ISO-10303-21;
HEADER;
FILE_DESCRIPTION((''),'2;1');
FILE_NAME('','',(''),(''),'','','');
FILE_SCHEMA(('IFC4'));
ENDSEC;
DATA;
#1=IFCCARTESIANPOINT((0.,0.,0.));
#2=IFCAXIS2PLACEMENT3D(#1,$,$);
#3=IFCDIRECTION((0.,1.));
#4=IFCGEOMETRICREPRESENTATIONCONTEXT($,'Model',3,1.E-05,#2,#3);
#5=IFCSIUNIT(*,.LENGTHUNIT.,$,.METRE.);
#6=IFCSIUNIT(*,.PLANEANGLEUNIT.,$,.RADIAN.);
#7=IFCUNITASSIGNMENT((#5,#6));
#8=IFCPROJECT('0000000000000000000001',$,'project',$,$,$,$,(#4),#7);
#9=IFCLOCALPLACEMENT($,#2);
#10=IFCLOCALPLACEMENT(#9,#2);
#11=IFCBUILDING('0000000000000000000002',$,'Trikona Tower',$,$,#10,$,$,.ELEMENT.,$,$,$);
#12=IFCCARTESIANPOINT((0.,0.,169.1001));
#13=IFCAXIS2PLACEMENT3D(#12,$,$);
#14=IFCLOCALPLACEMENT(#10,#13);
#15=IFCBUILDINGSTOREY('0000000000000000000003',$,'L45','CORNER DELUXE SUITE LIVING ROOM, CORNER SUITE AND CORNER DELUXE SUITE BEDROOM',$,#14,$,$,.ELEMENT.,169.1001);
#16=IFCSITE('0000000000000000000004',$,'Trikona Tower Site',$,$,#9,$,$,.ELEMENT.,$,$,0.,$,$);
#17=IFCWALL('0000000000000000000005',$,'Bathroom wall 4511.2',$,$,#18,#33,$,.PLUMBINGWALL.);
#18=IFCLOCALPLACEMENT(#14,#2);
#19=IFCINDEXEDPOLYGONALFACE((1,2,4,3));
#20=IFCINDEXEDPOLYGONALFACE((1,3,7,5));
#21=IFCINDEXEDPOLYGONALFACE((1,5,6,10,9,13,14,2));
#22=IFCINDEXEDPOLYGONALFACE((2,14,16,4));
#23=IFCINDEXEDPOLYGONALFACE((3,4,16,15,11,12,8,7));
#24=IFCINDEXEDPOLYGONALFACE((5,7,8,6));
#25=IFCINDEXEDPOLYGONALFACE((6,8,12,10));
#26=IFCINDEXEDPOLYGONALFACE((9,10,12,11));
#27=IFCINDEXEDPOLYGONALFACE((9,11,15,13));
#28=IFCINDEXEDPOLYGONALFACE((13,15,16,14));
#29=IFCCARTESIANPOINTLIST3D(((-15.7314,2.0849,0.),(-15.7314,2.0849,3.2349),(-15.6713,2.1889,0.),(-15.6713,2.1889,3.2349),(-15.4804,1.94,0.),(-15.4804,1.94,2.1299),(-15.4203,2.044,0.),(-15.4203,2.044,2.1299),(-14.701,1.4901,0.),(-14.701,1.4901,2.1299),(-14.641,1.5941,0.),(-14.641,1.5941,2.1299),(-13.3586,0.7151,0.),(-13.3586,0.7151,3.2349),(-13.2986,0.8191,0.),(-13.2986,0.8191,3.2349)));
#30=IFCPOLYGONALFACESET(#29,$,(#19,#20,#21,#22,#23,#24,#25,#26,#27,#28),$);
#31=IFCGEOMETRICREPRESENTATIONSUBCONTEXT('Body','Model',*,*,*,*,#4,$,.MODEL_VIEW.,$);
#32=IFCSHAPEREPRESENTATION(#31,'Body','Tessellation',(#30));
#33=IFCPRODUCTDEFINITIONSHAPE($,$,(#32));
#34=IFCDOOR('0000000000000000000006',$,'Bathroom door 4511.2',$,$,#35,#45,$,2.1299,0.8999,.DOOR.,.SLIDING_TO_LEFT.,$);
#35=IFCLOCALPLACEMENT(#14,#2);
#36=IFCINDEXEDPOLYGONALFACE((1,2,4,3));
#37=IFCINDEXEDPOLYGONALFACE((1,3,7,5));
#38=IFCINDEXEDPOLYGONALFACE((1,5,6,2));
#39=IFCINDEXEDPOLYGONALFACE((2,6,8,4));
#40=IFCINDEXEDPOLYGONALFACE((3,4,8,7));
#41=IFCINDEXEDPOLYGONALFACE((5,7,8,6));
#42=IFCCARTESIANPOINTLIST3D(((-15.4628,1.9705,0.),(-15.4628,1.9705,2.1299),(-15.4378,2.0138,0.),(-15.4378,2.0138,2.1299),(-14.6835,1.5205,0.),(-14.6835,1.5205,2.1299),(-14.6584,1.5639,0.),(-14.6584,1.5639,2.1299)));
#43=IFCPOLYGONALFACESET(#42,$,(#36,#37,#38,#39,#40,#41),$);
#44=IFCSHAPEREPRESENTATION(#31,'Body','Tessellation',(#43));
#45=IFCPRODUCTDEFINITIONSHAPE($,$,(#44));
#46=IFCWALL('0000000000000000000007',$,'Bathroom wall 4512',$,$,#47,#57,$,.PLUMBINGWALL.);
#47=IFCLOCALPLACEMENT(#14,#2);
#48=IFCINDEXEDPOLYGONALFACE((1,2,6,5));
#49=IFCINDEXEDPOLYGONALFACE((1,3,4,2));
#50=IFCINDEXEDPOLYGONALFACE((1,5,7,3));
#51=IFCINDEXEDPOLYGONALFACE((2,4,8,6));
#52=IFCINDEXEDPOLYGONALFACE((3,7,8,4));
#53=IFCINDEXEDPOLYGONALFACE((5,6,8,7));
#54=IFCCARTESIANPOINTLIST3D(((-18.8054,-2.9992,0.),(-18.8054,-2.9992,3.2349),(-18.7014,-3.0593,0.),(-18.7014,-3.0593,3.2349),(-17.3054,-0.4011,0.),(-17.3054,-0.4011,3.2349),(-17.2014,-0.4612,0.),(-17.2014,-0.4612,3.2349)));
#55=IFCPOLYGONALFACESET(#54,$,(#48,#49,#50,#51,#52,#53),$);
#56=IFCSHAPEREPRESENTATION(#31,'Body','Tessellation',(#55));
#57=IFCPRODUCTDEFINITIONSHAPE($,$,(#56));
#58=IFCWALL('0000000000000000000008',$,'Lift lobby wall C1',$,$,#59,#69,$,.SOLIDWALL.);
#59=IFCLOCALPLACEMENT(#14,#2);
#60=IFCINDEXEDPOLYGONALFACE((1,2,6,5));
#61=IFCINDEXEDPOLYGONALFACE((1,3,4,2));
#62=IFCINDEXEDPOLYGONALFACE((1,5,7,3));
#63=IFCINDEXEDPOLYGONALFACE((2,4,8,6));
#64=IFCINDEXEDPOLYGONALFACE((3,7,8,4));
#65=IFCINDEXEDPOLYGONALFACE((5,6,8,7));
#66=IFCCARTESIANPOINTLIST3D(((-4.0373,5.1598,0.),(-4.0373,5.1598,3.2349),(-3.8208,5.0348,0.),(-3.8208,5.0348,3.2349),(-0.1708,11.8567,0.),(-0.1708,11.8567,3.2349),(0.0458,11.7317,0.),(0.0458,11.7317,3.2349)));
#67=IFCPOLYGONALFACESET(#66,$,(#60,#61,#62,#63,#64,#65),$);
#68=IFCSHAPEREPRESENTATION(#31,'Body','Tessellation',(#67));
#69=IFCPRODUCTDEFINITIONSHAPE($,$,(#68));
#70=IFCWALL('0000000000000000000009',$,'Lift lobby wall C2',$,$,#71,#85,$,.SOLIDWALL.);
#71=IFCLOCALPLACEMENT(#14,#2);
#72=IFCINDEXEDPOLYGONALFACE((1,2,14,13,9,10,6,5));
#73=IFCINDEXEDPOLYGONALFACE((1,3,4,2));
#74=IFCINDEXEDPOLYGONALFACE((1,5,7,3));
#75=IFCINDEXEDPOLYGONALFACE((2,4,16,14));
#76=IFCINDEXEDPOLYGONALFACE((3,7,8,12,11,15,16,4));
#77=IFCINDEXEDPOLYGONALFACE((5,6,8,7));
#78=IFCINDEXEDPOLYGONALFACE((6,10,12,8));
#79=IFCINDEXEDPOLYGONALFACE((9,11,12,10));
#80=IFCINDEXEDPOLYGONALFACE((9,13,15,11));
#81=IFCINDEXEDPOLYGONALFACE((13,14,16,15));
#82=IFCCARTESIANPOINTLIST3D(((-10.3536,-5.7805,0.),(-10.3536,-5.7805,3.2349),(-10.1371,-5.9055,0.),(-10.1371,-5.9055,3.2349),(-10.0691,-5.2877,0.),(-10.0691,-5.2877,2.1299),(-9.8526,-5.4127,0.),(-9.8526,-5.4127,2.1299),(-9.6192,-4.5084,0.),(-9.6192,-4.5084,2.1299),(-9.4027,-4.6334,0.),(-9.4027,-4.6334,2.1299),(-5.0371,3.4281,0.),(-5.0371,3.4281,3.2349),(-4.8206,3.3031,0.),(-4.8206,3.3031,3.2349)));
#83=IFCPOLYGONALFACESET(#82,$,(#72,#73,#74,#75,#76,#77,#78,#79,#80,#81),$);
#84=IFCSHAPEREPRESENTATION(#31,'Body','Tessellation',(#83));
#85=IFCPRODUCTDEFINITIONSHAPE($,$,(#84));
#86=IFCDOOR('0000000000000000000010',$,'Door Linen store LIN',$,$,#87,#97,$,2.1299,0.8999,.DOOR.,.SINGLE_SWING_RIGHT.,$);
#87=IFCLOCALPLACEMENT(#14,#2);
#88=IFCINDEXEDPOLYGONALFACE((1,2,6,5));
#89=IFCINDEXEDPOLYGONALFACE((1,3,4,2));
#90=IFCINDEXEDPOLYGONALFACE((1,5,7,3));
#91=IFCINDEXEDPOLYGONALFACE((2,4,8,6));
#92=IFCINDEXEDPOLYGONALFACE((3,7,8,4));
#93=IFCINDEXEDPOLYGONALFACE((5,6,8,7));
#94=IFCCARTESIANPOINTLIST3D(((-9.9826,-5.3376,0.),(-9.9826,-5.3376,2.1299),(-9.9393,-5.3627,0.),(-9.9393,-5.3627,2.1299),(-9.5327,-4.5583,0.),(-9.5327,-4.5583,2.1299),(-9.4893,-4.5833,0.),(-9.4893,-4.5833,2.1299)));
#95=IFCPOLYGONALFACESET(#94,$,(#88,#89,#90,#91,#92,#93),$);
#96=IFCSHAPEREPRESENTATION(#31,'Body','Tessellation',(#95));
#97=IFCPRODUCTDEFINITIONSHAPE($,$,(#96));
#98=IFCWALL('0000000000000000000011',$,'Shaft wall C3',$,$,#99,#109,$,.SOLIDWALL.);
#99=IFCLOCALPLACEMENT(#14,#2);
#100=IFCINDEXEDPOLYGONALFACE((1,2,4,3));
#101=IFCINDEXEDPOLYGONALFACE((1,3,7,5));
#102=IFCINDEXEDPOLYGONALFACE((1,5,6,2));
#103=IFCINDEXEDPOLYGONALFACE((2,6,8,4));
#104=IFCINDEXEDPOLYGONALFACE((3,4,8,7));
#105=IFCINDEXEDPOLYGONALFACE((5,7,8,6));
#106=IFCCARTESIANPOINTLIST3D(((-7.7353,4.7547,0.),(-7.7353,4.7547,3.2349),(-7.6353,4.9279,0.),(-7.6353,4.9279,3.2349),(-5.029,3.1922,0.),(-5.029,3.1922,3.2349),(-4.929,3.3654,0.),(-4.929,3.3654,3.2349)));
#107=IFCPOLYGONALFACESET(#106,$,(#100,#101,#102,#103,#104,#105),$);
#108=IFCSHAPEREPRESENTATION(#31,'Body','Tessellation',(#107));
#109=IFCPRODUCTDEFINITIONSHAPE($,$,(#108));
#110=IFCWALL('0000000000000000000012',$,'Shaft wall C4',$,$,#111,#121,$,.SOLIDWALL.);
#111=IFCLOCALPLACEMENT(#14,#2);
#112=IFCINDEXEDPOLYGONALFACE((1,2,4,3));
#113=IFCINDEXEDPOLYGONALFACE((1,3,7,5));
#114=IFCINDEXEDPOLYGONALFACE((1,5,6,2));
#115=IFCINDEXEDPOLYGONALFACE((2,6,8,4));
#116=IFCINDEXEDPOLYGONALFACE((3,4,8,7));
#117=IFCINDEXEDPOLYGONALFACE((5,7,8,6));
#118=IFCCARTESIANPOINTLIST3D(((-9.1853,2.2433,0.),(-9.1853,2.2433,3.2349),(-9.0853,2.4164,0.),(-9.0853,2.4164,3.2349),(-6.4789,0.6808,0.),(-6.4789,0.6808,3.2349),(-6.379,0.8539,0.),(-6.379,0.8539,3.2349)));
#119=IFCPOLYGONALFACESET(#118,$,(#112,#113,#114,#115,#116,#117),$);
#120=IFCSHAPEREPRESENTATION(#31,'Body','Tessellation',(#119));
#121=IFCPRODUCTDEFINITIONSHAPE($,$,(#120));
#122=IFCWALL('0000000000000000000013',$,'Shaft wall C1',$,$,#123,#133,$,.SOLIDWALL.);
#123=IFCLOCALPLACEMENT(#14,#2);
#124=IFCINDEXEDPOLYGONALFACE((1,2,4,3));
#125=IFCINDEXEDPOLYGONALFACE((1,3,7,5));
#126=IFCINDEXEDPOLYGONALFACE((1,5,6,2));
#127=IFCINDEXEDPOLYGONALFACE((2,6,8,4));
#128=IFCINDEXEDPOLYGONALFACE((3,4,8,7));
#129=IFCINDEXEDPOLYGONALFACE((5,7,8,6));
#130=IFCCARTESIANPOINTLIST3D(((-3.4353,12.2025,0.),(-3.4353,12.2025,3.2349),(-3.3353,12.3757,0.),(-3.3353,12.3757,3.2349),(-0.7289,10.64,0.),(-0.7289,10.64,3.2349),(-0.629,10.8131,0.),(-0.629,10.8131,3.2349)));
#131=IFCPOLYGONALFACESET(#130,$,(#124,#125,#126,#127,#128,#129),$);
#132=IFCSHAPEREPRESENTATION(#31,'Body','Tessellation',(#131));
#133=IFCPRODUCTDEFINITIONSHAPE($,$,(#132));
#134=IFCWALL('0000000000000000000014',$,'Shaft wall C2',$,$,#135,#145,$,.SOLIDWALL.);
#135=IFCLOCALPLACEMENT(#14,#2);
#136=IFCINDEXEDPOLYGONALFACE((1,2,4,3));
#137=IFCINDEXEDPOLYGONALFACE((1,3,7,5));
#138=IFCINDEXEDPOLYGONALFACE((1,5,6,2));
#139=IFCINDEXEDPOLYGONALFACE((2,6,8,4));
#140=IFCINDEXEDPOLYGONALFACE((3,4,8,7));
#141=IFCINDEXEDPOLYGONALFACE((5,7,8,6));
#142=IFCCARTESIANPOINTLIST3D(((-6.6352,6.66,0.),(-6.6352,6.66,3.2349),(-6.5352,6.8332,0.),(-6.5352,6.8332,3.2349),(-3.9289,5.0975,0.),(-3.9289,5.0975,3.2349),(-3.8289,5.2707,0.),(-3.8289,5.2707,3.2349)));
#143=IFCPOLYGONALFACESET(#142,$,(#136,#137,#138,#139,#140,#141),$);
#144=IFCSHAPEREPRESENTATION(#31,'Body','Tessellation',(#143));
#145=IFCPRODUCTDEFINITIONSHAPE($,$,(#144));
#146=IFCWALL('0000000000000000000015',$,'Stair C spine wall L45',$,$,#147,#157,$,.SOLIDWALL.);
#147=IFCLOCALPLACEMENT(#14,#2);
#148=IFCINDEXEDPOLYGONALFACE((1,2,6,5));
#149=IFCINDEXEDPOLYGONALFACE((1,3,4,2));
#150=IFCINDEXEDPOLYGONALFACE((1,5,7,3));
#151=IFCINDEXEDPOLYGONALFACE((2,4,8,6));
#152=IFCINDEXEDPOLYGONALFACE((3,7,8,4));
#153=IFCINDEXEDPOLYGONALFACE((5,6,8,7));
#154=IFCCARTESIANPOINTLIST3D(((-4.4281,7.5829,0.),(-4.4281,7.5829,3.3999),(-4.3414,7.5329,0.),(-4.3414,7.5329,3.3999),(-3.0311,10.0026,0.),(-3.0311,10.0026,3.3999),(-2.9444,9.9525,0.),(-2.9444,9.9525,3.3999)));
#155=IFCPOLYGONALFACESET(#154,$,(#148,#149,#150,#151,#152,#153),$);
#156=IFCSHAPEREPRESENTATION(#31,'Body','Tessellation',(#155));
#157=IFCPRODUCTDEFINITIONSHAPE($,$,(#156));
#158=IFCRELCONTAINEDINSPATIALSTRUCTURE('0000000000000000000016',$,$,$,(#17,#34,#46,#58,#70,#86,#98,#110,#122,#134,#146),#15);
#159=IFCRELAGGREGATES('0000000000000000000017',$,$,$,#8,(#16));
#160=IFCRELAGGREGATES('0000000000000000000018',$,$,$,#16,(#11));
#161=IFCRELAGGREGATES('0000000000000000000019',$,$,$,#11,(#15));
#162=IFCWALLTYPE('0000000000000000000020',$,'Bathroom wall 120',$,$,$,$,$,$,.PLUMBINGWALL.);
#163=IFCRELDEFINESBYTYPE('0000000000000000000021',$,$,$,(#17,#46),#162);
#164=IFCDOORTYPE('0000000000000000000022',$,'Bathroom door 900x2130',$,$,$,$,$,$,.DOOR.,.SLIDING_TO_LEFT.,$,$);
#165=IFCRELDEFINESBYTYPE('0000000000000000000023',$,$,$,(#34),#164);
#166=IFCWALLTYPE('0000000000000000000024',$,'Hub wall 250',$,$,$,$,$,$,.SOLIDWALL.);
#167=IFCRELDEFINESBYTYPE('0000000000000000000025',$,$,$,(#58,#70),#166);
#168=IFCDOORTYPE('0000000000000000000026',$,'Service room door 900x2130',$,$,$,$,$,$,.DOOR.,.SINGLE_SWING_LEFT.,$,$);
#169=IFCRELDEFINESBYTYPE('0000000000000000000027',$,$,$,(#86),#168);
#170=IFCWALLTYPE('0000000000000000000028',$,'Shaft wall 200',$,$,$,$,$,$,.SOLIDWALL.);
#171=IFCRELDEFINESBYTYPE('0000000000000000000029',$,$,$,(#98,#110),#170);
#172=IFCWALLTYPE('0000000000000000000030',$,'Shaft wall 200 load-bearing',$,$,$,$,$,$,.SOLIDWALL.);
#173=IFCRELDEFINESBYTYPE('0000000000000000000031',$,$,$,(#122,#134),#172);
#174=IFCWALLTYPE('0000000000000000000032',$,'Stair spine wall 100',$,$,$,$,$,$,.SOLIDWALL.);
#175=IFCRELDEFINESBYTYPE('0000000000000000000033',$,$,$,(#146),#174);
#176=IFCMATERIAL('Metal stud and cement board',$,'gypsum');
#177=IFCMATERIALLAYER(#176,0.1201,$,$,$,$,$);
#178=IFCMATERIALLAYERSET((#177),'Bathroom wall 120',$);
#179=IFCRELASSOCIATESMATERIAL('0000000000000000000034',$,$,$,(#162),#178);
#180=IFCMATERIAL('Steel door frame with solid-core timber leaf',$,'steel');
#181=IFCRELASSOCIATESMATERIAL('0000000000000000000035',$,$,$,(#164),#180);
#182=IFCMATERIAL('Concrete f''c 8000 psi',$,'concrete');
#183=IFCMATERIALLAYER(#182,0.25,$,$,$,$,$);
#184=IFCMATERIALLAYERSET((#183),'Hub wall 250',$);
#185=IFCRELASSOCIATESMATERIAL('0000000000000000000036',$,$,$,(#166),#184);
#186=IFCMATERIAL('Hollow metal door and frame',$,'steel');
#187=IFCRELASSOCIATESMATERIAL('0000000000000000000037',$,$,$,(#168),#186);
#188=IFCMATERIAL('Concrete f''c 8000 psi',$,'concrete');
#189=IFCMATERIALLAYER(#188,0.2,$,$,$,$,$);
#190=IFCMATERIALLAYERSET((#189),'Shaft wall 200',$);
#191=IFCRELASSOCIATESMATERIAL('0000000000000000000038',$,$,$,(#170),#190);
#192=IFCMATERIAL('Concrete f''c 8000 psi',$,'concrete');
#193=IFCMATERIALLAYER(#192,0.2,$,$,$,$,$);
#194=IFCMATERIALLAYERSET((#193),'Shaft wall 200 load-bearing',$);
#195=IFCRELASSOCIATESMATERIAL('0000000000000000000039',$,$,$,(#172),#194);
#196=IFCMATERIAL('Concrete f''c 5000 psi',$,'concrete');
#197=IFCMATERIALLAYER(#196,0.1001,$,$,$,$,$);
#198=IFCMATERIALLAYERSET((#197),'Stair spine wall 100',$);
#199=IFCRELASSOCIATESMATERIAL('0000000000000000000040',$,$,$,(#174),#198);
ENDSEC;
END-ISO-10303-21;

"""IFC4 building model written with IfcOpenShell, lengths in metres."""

from ifc_helpers import new_model, si_unit, direction, frame, frame_2d, origin, place, context, subcontext, project, spatial, rectangle, extrude, material, layer, layer_set, type_object, element, fill, save


model = new_model("IFC4")

# Units and contexts
model_context = context("Model", 3, precision=1e-05, world=origin(), true_north=direction((0.0, 1.0)))
body_context = subcontext(model_context, "Body", "Model", "MODEL_VIEW")
ifc_project = project(units=[si_unit("LENGTHUNIT", "METRE"), si_unit("PLANEANGLEUNIT", "RADIAN")], contexts=[model_context])

# Site, building, storey
site_placement = place(None, origin())
site = spatial("IfcSite", under=ifc_project, at=site_placement, Name="Trikona Tower Site", CompositionType="ELEMENT", RefElevation=0.0)
building_placement = place(site_placement, origin())
building = spatial("IfcBuilding", under=site, at=building_placement, Name="Trikona Tower", CompositionType="ELEMENT")
storey_placement = place(building_placement, frame((0.0, 0.0, 169.1001)))
storey = spatial("IfcBuildingStorey", under=building, at=storey_placement, Name="L45", Description="CORNER DELUXE SUITE LIVING ROOM, CORNER SUITE AND CORNER DELUXE SUITE BEDROOM", CompositionType="ELEMENT", Elevation=169.1001)

# Shared definitions
ifc_material_1 = material(Name="Metal stud and cement board", Category="gypsum")
ifc_layer_1 = layer(ifc_material_1, 0.1201)
ifc_layer_set_1 = layer_set([ifc_layer_1], Name="Bathroom wall 120")
wall_type_1 = type_object("IfcWallType", Name="Bathroom wall 120", PredefinedType="PLUMBINGWALL", material=ifc_layer_set_1)
ifc_material_2 = material(Name="Steel door frame with solid-core timber leaf", Category="steel")
door_type_1 = type_object("IfcDoorType", Name="Bathroom door 900x2130", OperationType="SLIDING_TO_LEFT", PredefinedType="DOOR", material=ifc_material_2)

# Wall, opening, door
wall_1_placement = place(storey_placement, frame((-13.3286, 0.7671, 0.0), z_axis=(0.0, 0.0, 1.0), x_axis=(-0.866036, 0.499982, 0.0)))
wall_1 = element("IfcWall", 1, at=wall_1_placement, inside=storey, type_object=wall_type_1, Name="Bathroom wall 4511.2", PredefinedType="PLUMBINGWALL", context=body_context, shape_type="SweptSolid", body=[
    extrude(rectangle(XDim=2.7397, YDim=0.1201, at=frame_2d((1.3699, 0.0))), origin(), (0.0, 0.0, 1.0), 3.2349),
])
opening_1_placement = place(wall_1_placement, frame((1.55, 0.0, 0.0)))
opening_1 = element("IfcOpeningElement", 2, at=opening_1_placement, cuts=wall_1, PredefinedType="OPENING", context=body_context, shape_type="SweptSolid", body=[
    extrude(rectangle(XDim=0.8999, YDim=2.1299, at=frame_2d((0.45, 1.0649))), frame((0.0, 0.0701, 0.0), z_axis=(0.0, -1.0, 0.0), x_axis=(1.0, 0.0, 0.0)), (0.0, 0.0, 1.0), 0.1401),
])
door_1_placement = place(opening_1_placement, origin())
door_1 = element("IfcDoor", 3, at=door_1_placement, inside=storey, type_object=door_type_1, Name="Bathroom door 4511.2", OperationType="SLIDING_TO_LEFT", OverallHeight=2.1299, OverallWidth=0.8999, PredefinedType="DOOR", context=body_context, shape_type="SweptSolid", body=[
    extrude(rectangle(XDim=0.8999, YDim=2.1299, at=frame_2d((0.45, 1.0649))), frame((0.0, 0.0249, 0.0), z_axis=(0.0, -1.0, 0.0), x_axis=(1.0, 0.0, 0.0)), (0.0, 0.0, 1.0), 0.05),
])
fill(opening_1, door_1)

# Walls
wall_2_placement = place(storey_placement, frame((-17.2534, -0.4312, 0.0), z_axis=(0.0, 0.0, 1.0), x_axis=(-0.49999, -0.866031, 0.0)))
element("IfcWall", 4, at=wall_2_placement, inside=storey, type_object=wall_type_1, Name="Bathroom wall 4512", PredefinedType="PLUMBINGWALL", context=body_context, shape_type="SweptSolid", body=[
    extrude(rectangle(XDim=3.0, YDim=0.1201, at=frame_2d((1.5, 0.0))), origin(), (0.0, 0.0, 1.0), 3.2349),
])
ifc_material_3 = material(Name="Concrete f'c 8000 psi", Category="concrete")
ifc_layer_2 = layer(ifc_material_3, 0.25)
ifc_layer_set_2 = layer_set([ifc_layer_2], Name="Hub wall 250")
wall_type_2 = type_object("IfcWallType", Name="Hub wall 250", PredefinedType="SOLIDWALL", material=ifc_layer_set_2)
wall_3_placement = place(storey_placement, frame((-0.0625, 11.7942, 0.0), z_axis=(0.0, 0.0, 1.0), x_axis=(-0.500007, -0.866022, 0.0)))
element("IfcWall", 5, at=wall_3_placement, inside=storey, type_object=wall_type_2, Name="Lift lobby wall C1", PredefinedType="SOLIDWALL", context=body_context, shape_type="SweptSolid", body=[
    extrude(rectangle(XDim=7.7329, YDim=0.25, at=frame_2d((3.8665, 0.0))), origin(), (0.0, 0.0, 1.0), 3.2349),
])

# Wall, opening, door
wall_4_placement = place(storey_placement, frame((-4.929, 3.3655, 0.0), z_axis=(0.0, 0.0, 1.0), x_axis=(-0.499991, -0.86603, 0.0)))
wall_4 = element("IfcWall", 6, at=wall_4_placement, inside=storey, type_object=wall_type_2, Name="Lift lobby wall C2", PredefinedType="SOLIDWALL", context=body_context, shape_type="SweptSolid", body=[
    extrude(rectangle(XDim=10.6331, YDim=0.25, at=frame_2d((5.3164, 0.0))), origin(), (0.0, 0.0, 1.0), 3.2349),
])
opening_2_placement = place(wall_4_placement, frame((9.1641, 0.0, 0.0)))
opening_2 = element("IfcOpeningElement", 7, at=opening_2_placement, cuts=wall_4, PredefinedType="OPENING", context=body_context, shape_type="SweptSolid", body=[
    extrude(rectangle(XDim=0.8999, YDim=2.1299, at=frame_2d((0.45, 1.0649))), frame((0.0, 0.135, 0.0), z_axis=(0.0, -1.0, 0.0), x_axis=(1.0, 0.0, 0.0)), (0.0, 0.0, 1.0), 0.27),
])
ifc_material_4 = material(Name="Hollow metal door and frame", Category="steel")
door_type_2 = type_object("IfcDoorType", Name="Service room door 900x2130", OperationType="SINGLE_SWING_LEFT", PredefinedType="DOOR", material=ifc_material_4)
door_2_placement = place(opening_2_placement, origin())
door_2 = element("IfcDoor", 8, at=door_2_placement, inside=storey, type_object=door_type_2, Name="Door Linen store LIN", OperationType="SINGLE_SWING_RIGHT", OverallHeight=2.1299, OverallWidth=0.8999, PredefinedType="DOOR", context=body_context, shape_type="SweptSolid", body=[
    extrude(rectangle(XDim=0.8999, YDim=2.1299, at=frame_2d((0.45, 1.0649))), frame((0.0, 0.0249, 0.0), z_axis=(0.0, -1.0, 0.0), x_axis=(1.0, 0.0, 0.0)), (0.0, 0.0, 1.0), 0.05),
])
fill(opening_2, door_2)

# Walls
ifc_material_5 = material(Name="Concrete f'c 8000 psi", Category="concrete")
ifc_layer_3 = layer(ifc_material_5, 0.2)
ifc_layer_set_3 = layer_set([ifc_layer_3], Name="Shaft wall 200")
wall_type_3 = type_object("IfcWallType", Name="Shaft wall 200", PredefinedType="SOLIDWALL", material=ifc_layer_set_3)
for number, where, z_axis, x_axis, name in (
    (9, (-4.979, 3.2788, 0.0), (0.0, 0.0, 1.0), (-0.866023, 0.500004, 0.0), "Shaft wall C3"),
    (10, (-6.429, 0.7673, 0.0), (0.0, 0.0, 1.0), (-0.866023, 0.500004, 0.0), "Shaft wall C4"),
):
    element("IfcWall", number, at=place(storey_placement, frame(where, z_axis=z_axis, x_axis=x_axis)), inside=storey, type_object=wall_type_3, Name=name, PredefinedType="SOLIDWALL", context=body_context, shape_type="SweptSolid", body=[
        extrude(rectangle(XDim=3.125, YDim=0.2, at=frame_2d((1.5625, 0.0))), origin(), (0.0, 0.0, 1.0), 3.2349),
    ])
ifc_material_6 = material(Name="Concrete f'c 8000 psi", Category="concrete")
ifc_layer_4 = layer(ifc_material_6, 0.2)
ifc_layer_set_4 = layer_set([ifc_layer_4], Name="Shaft wall 200 load-bearing")
wall_type_4 = type_object("IfcWallType", Name="Shaft wall 200 load-bearing", PredefinedType="SOLIDWALL", material=ifc_layer_set_4)
for number, where, z_axis, x_axis, name in (
    (11, (-0.679, 10.7266, 0.0), (0.0, 0.0, 1.0), (-0.866023, 0.500004, 0.0), "Shaft wall C1"),
    (12, (-3.8789, 5.1841, 0.0), (0.0, 0.0, 1.0), (-0.866023, 0.500004, 0.0), "Shaft wall C2"),
):
    element("IfcWall", number, at=place(storey_placement, frame(where, z_axis=z_axis, x_axis=x_axis)), inside=storey, type_object=wall_type_4, Name=name, PredefinedType="SOLIDWALL", context=body_context, shape_type="SweptSolid", body=[
        extrude(rectangle(XDim=3.125, YDim=0.2, at=frame_2d((1.5625, 0.0))), origin(), (0.0, 0.0, 1.0), 3.2349),
    ])
ifc_material_7 = material(Name="Concrete f'c 5000 psi", Category="concrete")
ifc_layer_5 = layer(ifc_material_7, 0.1001)
ifc_layer_set_5 = layer_set([ifc_layer_5], Name="Stair spine wall 100")
wall_type_5 = type_object("IfcWallType", Name="Stair spine wall 100", PredefinedType="SOLIDWALL", material=ifc_layer_set_5)
wall_5_placement = place(storey_placement, frame((-2.9878, 9.9775, 0.0), z_axis=(0.0, 0.0, 1.0), x_axis=(-0.499992, -0.86603, 0.0)))
element("IfcWall", 13, at=wall_5_placement, inside=storey, type_object=wall_type_5, Name="Stair C spine wall L45", PredefinedType="SOLIDWALL", context=body_context, shape_type="SweptSolid", body=[
    extrude(rectangle(XDim=2.7939, YDim=0.1001, at=frame_2d((1.397, 0.0))), origin(), (0.0, 0.0, 1.0), 3.3999),
])

save(model, "model.ifc")
